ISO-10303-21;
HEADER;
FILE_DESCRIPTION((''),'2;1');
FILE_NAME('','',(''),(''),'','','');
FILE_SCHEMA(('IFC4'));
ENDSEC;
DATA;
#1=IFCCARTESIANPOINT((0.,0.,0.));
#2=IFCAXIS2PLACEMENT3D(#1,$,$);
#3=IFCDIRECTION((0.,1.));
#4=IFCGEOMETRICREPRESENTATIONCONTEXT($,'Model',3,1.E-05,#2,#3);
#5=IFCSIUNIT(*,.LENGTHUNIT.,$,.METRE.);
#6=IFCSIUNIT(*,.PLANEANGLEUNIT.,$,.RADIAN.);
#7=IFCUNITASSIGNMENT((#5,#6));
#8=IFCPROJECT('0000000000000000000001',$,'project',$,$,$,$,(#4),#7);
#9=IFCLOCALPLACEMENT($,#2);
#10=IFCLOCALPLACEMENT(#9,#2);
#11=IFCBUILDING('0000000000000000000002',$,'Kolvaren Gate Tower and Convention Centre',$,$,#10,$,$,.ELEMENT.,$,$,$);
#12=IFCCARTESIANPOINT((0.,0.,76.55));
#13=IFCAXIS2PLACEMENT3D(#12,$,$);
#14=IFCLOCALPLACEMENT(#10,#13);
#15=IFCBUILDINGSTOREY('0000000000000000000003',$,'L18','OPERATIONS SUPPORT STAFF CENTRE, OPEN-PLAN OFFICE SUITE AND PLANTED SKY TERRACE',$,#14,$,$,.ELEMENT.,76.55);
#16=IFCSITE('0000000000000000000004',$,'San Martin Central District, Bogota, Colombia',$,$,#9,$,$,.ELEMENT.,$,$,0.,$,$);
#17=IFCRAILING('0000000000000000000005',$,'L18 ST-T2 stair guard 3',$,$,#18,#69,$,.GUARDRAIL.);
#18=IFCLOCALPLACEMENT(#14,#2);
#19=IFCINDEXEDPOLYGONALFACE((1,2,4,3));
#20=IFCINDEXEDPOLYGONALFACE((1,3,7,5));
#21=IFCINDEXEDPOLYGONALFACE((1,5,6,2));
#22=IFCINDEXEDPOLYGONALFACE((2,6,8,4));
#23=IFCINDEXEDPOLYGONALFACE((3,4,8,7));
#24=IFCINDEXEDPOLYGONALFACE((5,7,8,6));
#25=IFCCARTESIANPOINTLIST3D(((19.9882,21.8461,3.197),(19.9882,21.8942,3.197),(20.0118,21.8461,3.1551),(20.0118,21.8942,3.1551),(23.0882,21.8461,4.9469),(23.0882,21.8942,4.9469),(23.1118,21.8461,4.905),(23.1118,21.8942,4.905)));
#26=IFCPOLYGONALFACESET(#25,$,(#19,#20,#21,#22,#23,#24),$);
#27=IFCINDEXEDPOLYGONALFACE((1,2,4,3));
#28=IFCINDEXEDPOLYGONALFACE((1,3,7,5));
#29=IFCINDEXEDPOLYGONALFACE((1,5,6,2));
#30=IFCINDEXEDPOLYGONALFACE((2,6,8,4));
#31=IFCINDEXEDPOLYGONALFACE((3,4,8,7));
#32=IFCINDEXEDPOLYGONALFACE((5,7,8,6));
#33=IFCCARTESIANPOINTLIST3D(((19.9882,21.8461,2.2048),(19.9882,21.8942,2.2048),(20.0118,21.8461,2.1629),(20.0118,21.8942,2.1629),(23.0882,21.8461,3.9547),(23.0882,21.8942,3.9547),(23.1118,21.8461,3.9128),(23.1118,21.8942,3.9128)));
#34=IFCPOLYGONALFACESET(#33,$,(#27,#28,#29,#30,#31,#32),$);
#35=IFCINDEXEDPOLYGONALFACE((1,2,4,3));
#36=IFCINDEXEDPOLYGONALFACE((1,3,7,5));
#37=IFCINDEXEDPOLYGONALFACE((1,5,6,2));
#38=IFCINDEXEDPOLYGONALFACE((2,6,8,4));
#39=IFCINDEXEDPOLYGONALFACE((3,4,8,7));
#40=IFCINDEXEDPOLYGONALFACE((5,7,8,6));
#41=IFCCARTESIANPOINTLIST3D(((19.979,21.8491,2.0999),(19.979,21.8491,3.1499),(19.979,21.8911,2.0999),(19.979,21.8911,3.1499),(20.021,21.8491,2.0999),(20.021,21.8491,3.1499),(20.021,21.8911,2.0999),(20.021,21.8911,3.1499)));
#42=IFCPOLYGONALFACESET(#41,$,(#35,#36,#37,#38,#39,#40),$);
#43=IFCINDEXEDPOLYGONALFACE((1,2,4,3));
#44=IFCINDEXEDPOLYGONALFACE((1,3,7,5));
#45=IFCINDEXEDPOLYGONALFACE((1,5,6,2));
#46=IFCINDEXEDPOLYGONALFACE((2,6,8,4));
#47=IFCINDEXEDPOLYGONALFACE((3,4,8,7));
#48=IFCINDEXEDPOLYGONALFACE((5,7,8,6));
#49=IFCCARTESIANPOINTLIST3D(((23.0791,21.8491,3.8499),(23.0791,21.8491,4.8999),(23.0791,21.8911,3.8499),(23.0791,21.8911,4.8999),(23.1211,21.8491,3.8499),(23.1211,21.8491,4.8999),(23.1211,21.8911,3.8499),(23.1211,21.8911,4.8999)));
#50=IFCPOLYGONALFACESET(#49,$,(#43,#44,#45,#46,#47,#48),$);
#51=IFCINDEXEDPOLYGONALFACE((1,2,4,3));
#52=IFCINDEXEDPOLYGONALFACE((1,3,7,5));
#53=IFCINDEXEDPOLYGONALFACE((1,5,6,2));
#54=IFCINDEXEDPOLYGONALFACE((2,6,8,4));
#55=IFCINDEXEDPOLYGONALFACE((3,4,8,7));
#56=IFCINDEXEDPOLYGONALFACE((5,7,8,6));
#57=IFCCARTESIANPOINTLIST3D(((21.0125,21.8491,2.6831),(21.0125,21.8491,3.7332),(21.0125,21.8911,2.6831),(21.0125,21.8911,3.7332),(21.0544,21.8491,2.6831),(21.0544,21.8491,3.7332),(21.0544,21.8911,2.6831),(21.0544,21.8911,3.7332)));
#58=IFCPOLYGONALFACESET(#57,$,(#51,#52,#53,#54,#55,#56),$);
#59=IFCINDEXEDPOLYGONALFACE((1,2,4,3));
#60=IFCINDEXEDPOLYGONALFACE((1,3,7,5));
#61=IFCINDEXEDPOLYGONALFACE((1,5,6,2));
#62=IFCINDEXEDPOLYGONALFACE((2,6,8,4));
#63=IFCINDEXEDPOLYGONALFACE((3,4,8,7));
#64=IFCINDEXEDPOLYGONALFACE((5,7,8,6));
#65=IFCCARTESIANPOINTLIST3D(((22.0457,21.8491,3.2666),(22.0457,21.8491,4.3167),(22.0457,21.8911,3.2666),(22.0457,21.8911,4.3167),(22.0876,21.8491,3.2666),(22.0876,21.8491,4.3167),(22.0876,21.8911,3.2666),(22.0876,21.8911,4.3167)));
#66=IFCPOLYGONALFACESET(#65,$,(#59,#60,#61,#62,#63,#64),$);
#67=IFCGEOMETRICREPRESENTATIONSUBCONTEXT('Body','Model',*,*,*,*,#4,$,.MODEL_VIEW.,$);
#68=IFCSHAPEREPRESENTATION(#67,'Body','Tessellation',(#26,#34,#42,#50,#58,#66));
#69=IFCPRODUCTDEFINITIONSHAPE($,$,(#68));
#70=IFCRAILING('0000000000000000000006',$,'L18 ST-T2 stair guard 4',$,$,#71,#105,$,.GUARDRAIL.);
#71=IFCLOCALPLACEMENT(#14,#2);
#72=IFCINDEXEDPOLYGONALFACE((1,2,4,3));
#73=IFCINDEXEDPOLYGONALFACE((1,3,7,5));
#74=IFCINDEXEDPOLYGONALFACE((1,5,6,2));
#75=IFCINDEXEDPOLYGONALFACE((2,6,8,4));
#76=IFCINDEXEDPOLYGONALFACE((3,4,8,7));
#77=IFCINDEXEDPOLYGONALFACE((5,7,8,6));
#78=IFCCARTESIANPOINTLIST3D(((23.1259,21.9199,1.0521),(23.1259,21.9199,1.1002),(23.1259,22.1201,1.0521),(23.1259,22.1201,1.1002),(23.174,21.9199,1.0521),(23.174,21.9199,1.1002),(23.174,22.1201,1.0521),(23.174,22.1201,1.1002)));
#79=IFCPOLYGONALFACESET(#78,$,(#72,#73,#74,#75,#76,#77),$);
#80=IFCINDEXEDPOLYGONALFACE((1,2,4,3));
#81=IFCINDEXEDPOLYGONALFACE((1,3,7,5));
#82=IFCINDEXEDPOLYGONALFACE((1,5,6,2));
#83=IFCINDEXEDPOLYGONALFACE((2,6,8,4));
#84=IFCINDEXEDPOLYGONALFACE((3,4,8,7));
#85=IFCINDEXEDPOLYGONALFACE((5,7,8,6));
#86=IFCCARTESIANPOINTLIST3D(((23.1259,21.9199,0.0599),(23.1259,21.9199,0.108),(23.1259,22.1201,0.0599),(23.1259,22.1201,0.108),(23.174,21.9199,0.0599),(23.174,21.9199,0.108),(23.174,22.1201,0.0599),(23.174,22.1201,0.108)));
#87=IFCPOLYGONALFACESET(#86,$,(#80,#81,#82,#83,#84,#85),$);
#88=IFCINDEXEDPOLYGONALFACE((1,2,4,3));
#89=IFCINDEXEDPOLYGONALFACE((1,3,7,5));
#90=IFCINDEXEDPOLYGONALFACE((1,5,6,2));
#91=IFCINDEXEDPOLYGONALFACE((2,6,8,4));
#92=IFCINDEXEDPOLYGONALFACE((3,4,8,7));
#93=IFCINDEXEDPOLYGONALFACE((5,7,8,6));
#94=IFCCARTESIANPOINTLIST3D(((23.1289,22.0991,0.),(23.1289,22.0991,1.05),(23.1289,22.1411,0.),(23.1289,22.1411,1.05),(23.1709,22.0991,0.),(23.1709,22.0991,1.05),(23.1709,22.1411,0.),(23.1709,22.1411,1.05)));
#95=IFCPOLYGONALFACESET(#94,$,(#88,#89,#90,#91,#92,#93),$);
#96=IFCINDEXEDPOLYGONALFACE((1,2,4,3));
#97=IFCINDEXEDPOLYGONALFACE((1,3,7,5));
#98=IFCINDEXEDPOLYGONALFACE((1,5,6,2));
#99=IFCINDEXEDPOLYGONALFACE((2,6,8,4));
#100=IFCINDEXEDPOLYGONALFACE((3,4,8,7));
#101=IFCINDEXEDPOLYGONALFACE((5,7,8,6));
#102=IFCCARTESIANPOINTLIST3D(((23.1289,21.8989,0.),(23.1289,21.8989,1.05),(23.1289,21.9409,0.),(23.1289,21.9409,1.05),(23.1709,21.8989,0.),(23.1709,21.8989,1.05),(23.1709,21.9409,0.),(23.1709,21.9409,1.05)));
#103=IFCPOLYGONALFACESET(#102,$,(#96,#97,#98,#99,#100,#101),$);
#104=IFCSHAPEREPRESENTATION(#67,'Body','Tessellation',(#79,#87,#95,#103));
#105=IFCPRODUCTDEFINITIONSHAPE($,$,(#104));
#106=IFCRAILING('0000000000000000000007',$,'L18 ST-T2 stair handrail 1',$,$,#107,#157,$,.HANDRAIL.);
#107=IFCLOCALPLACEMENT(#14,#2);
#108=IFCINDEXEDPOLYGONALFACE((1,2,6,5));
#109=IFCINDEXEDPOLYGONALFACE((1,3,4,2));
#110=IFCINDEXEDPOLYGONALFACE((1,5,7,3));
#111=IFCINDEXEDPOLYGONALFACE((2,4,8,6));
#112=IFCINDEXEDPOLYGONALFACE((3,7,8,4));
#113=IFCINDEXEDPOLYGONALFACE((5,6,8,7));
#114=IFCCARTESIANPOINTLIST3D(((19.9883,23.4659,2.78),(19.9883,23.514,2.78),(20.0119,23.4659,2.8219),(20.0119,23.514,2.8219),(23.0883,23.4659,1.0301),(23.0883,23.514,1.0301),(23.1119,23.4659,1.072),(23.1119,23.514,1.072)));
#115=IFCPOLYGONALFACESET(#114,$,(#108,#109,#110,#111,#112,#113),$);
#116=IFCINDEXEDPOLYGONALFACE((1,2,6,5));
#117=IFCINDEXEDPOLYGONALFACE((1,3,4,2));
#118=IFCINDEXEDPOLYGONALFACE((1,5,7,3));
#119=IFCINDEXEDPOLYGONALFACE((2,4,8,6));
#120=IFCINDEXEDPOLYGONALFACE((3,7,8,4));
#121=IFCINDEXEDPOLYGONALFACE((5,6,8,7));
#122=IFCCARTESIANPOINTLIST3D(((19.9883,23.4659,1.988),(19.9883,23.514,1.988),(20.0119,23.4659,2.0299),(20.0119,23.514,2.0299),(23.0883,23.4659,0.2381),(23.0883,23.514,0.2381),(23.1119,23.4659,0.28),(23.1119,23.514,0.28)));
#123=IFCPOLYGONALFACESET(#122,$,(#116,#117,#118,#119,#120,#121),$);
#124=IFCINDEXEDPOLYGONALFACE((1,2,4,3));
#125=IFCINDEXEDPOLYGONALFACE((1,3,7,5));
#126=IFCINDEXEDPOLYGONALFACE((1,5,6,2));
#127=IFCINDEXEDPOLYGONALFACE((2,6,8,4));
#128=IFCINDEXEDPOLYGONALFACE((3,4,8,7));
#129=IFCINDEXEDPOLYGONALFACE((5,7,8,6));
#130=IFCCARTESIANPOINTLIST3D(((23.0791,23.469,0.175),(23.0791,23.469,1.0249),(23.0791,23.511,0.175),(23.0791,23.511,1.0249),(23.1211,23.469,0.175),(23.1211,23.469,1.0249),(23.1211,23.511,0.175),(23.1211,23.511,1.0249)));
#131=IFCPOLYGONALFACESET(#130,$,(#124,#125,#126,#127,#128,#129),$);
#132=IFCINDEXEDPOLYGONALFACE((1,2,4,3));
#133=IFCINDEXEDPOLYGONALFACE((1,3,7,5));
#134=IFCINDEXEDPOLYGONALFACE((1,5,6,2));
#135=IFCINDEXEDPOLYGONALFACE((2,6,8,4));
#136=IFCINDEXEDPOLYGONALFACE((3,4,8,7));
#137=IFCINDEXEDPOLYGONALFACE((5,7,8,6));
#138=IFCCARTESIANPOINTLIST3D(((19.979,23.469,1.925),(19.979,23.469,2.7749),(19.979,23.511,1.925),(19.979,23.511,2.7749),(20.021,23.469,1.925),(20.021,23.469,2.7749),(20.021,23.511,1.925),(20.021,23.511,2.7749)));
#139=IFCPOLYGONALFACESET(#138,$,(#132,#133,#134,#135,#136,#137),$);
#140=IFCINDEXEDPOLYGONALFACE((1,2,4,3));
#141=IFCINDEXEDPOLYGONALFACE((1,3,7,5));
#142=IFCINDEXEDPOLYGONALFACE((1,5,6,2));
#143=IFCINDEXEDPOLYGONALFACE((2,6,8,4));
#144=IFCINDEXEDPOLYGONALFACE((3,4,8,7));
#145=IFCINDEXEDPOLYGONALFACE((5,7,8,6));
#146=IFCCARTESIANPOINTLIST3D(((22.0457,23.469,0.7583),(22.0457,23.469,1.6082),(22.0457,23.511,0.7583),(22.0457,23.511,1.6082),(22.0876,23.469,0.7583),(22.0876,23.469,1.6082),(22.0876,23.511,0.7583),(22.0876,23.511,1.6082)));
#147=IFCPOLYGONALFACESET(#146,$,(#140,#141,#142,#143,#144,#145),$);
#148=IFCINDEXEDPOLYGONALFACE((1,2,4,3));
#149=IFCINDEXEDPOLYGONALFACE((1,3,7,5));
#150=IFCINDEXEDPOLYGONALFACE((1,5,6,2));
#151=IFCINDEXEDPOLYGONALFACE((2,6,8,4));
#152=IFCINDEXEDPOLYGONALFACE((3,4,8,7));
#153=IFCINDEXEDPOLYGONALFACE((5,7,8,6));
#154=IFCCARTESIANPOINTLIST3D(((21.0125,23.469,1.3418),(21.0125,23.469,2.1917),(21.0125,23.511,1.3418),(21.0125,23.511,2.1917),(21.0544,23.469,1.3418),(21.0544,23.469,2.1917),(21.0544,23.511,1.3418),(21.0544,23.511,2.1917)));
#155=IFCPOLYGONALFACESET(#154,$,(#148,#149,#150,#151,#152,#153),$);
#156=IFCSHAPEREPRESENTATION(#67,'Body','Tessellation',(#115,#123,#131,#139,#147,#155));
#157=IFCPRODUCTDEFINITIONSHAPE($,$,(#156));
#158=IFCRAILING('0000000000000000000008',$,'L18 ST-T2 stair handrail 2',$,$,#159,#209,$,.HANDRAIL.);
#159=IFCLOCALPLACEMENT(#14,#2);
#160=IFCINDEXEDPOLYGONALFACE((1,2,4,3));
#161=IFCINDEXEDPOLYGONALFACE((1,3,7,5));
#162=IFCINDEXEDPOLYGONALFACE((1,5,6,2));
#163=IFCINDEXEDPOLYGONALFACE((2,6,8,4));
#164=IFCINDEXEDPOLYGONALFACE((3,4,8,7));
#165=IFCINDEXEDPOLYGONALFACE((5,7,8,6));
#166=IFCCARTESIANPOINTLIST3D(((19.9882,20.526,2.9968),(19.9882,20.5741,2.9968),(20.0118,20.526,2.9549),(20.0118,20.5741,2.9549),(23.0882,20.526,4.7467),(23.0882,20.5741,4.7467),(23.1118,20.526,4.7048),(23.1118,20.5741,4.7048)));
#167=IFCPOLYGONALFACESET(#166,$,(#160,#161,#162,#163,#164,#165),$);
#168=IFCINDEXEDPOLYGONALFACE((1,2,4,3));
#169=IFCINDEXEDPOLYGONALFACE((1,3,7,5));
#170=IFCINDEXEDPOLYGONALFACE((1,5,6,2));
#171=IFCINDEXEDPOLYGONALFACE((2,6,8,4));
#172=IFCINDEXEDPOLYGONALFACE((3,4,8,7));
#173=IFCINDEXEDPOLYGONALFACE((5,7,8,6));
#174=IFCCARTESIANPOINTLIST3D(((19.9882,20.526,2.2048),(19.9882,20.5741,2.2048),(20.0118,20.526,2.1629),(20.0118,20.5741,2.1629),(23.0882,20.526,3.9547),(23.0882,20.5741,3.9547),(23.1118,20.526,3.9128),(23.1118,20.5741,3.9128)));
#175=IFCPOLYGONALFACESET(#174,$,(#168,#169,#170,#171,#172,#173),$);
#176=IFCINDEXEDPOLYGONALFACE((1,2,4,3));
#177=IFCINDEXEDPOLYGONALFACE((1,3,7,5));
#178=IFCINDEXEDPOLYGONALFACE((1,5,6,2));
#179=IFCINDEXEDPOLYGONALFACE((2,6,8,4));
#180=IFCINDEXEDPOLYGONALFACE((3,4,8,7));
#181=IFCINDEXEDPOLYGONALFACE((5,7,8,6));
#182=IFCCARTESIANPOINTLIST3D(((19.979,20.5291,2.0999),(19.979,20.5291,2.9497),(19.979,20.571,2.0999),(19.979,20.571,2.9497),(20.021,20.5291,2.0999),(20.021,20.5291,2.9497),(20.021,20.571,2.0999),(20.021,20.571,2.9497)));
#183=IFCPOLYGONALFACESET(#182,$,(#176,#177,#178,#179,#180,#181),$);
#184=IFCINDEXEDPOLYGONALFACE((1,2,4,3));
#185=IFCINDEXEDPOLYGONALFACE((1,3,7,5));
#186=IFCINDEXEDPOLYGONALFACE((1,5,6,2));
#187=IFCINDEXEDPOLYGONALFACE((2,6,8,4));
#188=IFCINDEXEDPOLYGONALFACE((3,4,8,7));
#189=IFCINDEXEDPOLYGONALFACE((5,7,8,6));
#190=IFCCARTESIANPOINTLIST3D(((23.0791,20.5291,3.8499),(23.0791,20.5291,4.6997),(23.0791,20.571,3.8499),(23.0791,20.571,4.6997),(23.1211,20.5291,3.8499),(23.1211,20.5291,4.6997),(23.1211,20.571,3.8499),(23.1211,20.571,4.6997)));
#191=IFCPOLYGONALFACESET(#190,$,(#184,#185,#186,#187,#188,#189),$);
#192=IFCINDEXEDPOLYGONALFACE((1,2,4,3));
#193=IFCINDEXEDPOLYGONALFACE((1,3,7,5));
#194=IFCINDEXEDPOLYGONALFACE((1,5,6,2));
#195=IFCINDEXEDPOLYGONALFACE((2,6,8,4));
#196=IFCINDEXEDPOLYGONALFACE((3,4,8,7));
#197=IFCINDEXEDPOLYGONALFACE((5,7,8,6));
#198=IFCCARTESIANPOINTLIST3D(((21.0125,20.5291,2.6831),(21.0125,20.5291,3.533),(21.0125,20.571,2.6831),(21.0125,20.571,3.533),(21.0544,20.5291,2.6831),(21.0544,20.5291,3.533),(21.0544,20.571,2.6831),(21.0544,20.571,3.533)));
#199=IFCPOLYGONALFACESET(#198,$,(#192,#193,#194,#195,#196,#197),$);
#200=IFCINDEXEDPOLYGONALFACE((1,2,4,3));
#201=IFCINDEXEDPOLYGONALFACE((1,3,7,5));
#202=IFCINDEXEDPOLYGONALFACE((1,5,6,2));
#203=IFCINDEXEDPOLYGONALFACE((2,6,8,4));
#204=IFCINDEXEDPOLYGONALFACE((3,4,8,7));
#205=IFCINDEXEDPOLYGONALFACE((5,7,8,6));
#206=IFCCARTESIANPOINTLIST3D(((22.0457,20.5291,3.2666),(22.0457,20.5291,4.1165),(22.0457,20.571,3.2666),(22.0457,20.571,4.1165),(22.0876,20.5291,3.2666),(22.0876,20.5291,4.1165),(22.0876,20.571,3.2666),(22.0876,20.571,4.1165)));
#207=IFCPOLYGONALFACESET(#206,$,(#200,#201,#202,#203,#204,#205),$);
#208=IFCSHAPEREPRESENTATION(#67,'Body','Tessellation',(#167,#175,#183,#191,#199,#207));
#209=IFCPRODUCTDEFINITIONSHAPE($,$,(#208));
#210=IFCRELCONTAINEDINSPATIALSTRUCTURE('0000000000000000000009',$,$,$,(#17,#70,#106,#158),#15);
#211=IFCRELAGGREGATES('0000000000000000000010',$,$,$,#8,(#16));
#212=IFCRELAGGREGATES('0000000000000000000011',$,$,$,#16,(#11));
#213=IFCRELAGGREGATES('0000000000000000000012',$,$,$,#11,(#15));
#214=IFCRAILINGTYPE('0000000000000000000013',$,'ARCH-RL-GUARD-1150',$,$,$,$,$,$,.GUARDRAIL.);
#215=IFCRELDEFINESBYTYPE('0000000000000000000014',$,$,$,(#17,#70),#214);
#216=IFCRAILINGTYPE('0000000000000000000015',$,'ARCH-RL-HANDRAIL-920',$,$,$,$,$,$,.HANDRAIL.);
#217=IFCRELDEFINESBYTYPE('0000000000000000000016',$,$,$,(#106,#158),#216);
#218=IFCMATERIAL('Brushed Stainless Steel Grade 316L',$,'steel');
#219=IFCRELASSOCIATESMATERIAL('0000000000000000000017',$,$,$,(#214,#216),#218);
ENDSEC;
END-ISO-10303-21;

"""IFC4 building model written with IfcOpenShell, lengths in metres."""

from ifc_helpers import new_model, si_unit, direction, frame, origin, origin_2d, place, context, subcontext, project, spatial, rectangle, extrude, material, type_object, element, save


model = new_model("IFC4")

# Units and contexts
model_context = context("Model", 3, precision=1e-05, world=origin(), true_north=direction((0.0, 1.0)))
body_context = subcontext(model_context, "Body", "Model", "MODEL_VIEW")
ifc_project = project(units=[si_unit("LENGTHUNIT", "METRE"), si_unit("PLANEANGLEUNIT", "RADIAN")], contexts=[model_context])

# Site, building, storey
site_placement = place(None, origin())
site = spatial("IfcSite", under=ifc_project, at=site_placement, Name="San Martin Central District, Bogota, Colombia", CompositionType="ELEMENT", RefElevation=0.0)
building_placement = place(site_placement, origin())
building = spatial("IfcBuilding", under=site, at=building_placement, Name="Kolvaren Gate Tower and Convention Centre", CompositionType="ELEMENT")
storey_placement = place(building_placement, frame((0.0, 0.0, 76.55)))
storey = spatial("IfcBuildingStorey", under=building, at=storey_placement, Name="L18", Description="OPERATIONS SUPPORT STAFF CENTRE, OPEN-PLAN OFFICE SUITE AND PLANTED SKY TERRACE", CompositionType="ELEMENT", Elevation=76.55)

# Shared definitions
ifc_material_1 = material(Name="Brushed Stainless Steel Grade 316L", Category="steel")

# Railings
railing_type_1 = type_object("IfcRailingType", Name="ARCH-RL-GUARD-1150", PredefinedType="GUARDRAIL", material=ifc_material_1)
railing_1_placement = place(storey_placement, frame((20.0, 21.8701, 2.0999)))
element("IfcRailing", 1, at=railing_1_placement, inside=storey, type_object=railing_type_1, Name="L18 ST-T2 stair guard 3", PredefinedType="GUARDRAIL", context=body_context, shape_type="SweptSolid", body=[
    extrude(rectangle(XDim=0.0481, YDim=0.0481, at=origin_2d()), frame((0.0, 0.0, 1.0762), z_axis=(0.870831, 0.0, 0.491583), x_axis=(0.0, 1.0, 0.0)), (0.0, 0.0, 1.0), 3.5598),
    extrude(rectangle(XDim=0.0481, YDim=0.0481, at=origin_2d()), frame((0.0, 0.0, 0.084), z_axis=(0.870831, 0.0, 0.491583), x_axis=(0.0, 1.0, 0.0)), (0.0, 0.0, 1.0), 3.5598),
    extrude(rectangle(XDim=0.042, YDim=0.042, at=origin_2d()), origin(), (0.0, 0.0, 1.0), 1.05),
    extrude(rectangle(XDim=0.042, YDim=0.042, at=origin_2d()), frame((3.1001, 0.0, 1.75)), (0.0, 0.0, 1.0), 1.05),
    extrude(rectangle(XDim=0.042, YDim=0.042, at=origin_2d()), frame((1.0334, 0.0, 0.5833)), (0.0, 0.0, 1.0), 1.05),
    extrude(rectangle(XDim=0.042, YDim=0.042, at=origin_2d()), frame((2.0667, 0.0, 1.1667)), (0.0, 0.0, 1.0), 1.05),
])
railing_2_placement = place(storey_placement, frame((23.1499, 22.1201, 0.0)))
element("IfcRailing", 2, at=railing_2_placement, inside=storey, type_object=railing_type_1, Name="L18 ST-T2 stair guard 4", PredefinedType="GUARDRAIL", context=body_context, shape_type="SweptSolid", body=[
    extrude(rectangle(XDim=0.0481, YDim=0.0481, at=origin_2d()), frame((0.0, 0.0, 1.0762), z_axis=(0.0, -1.0, 0.0), x_axis=(1.0, 0.0, 0.0)), (0.0, 0.0, 1.0), 0.2002),
    extrude(rectangle(XDim=0.0481, YDim=0.0481, at=origin_2d()), frame((0.0, 0.0, 0.084), z_axis=(0.0, -1.0, 0.0), x_axis=(1.0, 0.0, 0.0)), (0.0, 0.0, 1.0), 0.2002),
    extrude(rectangle(XDim=0.042, YDim=0.042, at=origin_2d()), origin(), (0.0, 0.0, 1.0), 1.05),
    extrude(rectangle(XDim=0.042, YDim=0.042, at=origin_2d()), frame((0.0, -0.2002, 0.0)), (0.0, 0.0, 1.0), 1.05),
])
railing_type_2 = type_object("IfcRailingType", Name="ARCH-RL-HANDRAIL-920", PredefinedType="HANDRAIL", material=ifc_material_1)
railing_3_placement = place(storey_placement, frame((23.1001, 23.49, 0.175)))
element("IfcRailing", 3, at=railing_3_placement, inside=storey, type_object=railing_type_2, Name="L18 ST-T2 stair handrail 1", PredefinedType="HANDRAIL", context=body_context, shape_type="SweptSolid", body=[
    extrude(rectangle(XDim=0.0481, YDim=0.0481, at=origin_2d()), frame((0.0, 0.0, 0.876), z_axis=(-0.870831, 0.0, 0.491583), x_axis=(0.0, -1.0, 0.0)), (0.0, 0.0, 1.0), 3.5598),
    extrude(rectangle(XDim=0.0481, YDim=0.0481, at=origin_2d()), frame((0.0, 0.0, 0.084), z_axis=(-0.870831, 0.0, 0.491583), x_axis=(0.0, -1.0, 0.0)), (0.0, 0.0, 1.0), 3.5598),
    extrude(rectangle(XDim=0.042, YDim=0.042, at=origin_2d()), origin(), (0.0, 0.0, 1.0), 0.8499),
    extrude(rectangle(XDim=0.042, YDim=0.042, at=origin_2d()), frame((-3.1001, 0.0, 1.75)), (0.0, 0.0, 1.0), 0.8499),
    extrude(rectangle(XDim=0.042, YDim=0.042, at=origin_2d()), frame((-1.0334, 0.0, 0.5833)), (0.0, 0.0, 1.0), 0.8499),
    extrude(rectangle(XDim=0.042, YDim=0.042, at=origin_2d()), frame((-2.0667, 0.0, 1.1667)), (0.0, 0.0, 1.0), 0.8499),
])
railing_4_placement = place(storey_placement, frame((20.0, 20.55, 2.0999)))
element("IfcRailing", 4, at=railing_4_placement, inside=storey, type_object=railing_type_2, Name="L18 ST-T2 stair handrail 2", PredefinedType="HANDRAIL", context=body_context, shape_type="SweptSolid", body=[
    extrude(rectangle(XDim=0.0481, YDim=0.0481, at=origin_2d()), frame((0.0, 0.0, 0.876), z_axis=(0.870831, 0.0, 0.491583), x_axis=(0.0, 1.0, 0.0)), (0.0, 0.0, 1.0), 3.5598),
    extrude(rectangle(XDim=0.0481, YDim=0.0481, at=origin_2d()), frame((0.0, 0.0, 0.084), z_axis=(0.870831, 0.0, 0.491583), x_axis=(0.0, 1.0, 0.0)), (0.0, 0.0, 1.0), 3.5598),
    extrude(rectangle(XDim=0.042, YDim=0.042, at=origin_2d()), origin(), (0.0, 0.0, 1.0), 0.8499),
    extrude(rectangle(XDim=0.042, YDim=0.042, at=origin_2d()), frame((3.1001, 0.0, 1.75)), (0.0, 0.0, 1.0), 0.8499),
    extrude(rectangle(XDim=0.042, YDim=0.042, at=origin_2d()), frame((1.0334, 0.0, 0.5833)), (0.0, 0.0, 1.0), 0.8499),
    extrude(rectangle(XDim=0.042, YDim=0.042, at=origin_2d()), frame((2.0667, 0.0, 1.1667)), (0.0, 0.0, 1.0), 0.8499),
])

save(model, "model.ifc")
